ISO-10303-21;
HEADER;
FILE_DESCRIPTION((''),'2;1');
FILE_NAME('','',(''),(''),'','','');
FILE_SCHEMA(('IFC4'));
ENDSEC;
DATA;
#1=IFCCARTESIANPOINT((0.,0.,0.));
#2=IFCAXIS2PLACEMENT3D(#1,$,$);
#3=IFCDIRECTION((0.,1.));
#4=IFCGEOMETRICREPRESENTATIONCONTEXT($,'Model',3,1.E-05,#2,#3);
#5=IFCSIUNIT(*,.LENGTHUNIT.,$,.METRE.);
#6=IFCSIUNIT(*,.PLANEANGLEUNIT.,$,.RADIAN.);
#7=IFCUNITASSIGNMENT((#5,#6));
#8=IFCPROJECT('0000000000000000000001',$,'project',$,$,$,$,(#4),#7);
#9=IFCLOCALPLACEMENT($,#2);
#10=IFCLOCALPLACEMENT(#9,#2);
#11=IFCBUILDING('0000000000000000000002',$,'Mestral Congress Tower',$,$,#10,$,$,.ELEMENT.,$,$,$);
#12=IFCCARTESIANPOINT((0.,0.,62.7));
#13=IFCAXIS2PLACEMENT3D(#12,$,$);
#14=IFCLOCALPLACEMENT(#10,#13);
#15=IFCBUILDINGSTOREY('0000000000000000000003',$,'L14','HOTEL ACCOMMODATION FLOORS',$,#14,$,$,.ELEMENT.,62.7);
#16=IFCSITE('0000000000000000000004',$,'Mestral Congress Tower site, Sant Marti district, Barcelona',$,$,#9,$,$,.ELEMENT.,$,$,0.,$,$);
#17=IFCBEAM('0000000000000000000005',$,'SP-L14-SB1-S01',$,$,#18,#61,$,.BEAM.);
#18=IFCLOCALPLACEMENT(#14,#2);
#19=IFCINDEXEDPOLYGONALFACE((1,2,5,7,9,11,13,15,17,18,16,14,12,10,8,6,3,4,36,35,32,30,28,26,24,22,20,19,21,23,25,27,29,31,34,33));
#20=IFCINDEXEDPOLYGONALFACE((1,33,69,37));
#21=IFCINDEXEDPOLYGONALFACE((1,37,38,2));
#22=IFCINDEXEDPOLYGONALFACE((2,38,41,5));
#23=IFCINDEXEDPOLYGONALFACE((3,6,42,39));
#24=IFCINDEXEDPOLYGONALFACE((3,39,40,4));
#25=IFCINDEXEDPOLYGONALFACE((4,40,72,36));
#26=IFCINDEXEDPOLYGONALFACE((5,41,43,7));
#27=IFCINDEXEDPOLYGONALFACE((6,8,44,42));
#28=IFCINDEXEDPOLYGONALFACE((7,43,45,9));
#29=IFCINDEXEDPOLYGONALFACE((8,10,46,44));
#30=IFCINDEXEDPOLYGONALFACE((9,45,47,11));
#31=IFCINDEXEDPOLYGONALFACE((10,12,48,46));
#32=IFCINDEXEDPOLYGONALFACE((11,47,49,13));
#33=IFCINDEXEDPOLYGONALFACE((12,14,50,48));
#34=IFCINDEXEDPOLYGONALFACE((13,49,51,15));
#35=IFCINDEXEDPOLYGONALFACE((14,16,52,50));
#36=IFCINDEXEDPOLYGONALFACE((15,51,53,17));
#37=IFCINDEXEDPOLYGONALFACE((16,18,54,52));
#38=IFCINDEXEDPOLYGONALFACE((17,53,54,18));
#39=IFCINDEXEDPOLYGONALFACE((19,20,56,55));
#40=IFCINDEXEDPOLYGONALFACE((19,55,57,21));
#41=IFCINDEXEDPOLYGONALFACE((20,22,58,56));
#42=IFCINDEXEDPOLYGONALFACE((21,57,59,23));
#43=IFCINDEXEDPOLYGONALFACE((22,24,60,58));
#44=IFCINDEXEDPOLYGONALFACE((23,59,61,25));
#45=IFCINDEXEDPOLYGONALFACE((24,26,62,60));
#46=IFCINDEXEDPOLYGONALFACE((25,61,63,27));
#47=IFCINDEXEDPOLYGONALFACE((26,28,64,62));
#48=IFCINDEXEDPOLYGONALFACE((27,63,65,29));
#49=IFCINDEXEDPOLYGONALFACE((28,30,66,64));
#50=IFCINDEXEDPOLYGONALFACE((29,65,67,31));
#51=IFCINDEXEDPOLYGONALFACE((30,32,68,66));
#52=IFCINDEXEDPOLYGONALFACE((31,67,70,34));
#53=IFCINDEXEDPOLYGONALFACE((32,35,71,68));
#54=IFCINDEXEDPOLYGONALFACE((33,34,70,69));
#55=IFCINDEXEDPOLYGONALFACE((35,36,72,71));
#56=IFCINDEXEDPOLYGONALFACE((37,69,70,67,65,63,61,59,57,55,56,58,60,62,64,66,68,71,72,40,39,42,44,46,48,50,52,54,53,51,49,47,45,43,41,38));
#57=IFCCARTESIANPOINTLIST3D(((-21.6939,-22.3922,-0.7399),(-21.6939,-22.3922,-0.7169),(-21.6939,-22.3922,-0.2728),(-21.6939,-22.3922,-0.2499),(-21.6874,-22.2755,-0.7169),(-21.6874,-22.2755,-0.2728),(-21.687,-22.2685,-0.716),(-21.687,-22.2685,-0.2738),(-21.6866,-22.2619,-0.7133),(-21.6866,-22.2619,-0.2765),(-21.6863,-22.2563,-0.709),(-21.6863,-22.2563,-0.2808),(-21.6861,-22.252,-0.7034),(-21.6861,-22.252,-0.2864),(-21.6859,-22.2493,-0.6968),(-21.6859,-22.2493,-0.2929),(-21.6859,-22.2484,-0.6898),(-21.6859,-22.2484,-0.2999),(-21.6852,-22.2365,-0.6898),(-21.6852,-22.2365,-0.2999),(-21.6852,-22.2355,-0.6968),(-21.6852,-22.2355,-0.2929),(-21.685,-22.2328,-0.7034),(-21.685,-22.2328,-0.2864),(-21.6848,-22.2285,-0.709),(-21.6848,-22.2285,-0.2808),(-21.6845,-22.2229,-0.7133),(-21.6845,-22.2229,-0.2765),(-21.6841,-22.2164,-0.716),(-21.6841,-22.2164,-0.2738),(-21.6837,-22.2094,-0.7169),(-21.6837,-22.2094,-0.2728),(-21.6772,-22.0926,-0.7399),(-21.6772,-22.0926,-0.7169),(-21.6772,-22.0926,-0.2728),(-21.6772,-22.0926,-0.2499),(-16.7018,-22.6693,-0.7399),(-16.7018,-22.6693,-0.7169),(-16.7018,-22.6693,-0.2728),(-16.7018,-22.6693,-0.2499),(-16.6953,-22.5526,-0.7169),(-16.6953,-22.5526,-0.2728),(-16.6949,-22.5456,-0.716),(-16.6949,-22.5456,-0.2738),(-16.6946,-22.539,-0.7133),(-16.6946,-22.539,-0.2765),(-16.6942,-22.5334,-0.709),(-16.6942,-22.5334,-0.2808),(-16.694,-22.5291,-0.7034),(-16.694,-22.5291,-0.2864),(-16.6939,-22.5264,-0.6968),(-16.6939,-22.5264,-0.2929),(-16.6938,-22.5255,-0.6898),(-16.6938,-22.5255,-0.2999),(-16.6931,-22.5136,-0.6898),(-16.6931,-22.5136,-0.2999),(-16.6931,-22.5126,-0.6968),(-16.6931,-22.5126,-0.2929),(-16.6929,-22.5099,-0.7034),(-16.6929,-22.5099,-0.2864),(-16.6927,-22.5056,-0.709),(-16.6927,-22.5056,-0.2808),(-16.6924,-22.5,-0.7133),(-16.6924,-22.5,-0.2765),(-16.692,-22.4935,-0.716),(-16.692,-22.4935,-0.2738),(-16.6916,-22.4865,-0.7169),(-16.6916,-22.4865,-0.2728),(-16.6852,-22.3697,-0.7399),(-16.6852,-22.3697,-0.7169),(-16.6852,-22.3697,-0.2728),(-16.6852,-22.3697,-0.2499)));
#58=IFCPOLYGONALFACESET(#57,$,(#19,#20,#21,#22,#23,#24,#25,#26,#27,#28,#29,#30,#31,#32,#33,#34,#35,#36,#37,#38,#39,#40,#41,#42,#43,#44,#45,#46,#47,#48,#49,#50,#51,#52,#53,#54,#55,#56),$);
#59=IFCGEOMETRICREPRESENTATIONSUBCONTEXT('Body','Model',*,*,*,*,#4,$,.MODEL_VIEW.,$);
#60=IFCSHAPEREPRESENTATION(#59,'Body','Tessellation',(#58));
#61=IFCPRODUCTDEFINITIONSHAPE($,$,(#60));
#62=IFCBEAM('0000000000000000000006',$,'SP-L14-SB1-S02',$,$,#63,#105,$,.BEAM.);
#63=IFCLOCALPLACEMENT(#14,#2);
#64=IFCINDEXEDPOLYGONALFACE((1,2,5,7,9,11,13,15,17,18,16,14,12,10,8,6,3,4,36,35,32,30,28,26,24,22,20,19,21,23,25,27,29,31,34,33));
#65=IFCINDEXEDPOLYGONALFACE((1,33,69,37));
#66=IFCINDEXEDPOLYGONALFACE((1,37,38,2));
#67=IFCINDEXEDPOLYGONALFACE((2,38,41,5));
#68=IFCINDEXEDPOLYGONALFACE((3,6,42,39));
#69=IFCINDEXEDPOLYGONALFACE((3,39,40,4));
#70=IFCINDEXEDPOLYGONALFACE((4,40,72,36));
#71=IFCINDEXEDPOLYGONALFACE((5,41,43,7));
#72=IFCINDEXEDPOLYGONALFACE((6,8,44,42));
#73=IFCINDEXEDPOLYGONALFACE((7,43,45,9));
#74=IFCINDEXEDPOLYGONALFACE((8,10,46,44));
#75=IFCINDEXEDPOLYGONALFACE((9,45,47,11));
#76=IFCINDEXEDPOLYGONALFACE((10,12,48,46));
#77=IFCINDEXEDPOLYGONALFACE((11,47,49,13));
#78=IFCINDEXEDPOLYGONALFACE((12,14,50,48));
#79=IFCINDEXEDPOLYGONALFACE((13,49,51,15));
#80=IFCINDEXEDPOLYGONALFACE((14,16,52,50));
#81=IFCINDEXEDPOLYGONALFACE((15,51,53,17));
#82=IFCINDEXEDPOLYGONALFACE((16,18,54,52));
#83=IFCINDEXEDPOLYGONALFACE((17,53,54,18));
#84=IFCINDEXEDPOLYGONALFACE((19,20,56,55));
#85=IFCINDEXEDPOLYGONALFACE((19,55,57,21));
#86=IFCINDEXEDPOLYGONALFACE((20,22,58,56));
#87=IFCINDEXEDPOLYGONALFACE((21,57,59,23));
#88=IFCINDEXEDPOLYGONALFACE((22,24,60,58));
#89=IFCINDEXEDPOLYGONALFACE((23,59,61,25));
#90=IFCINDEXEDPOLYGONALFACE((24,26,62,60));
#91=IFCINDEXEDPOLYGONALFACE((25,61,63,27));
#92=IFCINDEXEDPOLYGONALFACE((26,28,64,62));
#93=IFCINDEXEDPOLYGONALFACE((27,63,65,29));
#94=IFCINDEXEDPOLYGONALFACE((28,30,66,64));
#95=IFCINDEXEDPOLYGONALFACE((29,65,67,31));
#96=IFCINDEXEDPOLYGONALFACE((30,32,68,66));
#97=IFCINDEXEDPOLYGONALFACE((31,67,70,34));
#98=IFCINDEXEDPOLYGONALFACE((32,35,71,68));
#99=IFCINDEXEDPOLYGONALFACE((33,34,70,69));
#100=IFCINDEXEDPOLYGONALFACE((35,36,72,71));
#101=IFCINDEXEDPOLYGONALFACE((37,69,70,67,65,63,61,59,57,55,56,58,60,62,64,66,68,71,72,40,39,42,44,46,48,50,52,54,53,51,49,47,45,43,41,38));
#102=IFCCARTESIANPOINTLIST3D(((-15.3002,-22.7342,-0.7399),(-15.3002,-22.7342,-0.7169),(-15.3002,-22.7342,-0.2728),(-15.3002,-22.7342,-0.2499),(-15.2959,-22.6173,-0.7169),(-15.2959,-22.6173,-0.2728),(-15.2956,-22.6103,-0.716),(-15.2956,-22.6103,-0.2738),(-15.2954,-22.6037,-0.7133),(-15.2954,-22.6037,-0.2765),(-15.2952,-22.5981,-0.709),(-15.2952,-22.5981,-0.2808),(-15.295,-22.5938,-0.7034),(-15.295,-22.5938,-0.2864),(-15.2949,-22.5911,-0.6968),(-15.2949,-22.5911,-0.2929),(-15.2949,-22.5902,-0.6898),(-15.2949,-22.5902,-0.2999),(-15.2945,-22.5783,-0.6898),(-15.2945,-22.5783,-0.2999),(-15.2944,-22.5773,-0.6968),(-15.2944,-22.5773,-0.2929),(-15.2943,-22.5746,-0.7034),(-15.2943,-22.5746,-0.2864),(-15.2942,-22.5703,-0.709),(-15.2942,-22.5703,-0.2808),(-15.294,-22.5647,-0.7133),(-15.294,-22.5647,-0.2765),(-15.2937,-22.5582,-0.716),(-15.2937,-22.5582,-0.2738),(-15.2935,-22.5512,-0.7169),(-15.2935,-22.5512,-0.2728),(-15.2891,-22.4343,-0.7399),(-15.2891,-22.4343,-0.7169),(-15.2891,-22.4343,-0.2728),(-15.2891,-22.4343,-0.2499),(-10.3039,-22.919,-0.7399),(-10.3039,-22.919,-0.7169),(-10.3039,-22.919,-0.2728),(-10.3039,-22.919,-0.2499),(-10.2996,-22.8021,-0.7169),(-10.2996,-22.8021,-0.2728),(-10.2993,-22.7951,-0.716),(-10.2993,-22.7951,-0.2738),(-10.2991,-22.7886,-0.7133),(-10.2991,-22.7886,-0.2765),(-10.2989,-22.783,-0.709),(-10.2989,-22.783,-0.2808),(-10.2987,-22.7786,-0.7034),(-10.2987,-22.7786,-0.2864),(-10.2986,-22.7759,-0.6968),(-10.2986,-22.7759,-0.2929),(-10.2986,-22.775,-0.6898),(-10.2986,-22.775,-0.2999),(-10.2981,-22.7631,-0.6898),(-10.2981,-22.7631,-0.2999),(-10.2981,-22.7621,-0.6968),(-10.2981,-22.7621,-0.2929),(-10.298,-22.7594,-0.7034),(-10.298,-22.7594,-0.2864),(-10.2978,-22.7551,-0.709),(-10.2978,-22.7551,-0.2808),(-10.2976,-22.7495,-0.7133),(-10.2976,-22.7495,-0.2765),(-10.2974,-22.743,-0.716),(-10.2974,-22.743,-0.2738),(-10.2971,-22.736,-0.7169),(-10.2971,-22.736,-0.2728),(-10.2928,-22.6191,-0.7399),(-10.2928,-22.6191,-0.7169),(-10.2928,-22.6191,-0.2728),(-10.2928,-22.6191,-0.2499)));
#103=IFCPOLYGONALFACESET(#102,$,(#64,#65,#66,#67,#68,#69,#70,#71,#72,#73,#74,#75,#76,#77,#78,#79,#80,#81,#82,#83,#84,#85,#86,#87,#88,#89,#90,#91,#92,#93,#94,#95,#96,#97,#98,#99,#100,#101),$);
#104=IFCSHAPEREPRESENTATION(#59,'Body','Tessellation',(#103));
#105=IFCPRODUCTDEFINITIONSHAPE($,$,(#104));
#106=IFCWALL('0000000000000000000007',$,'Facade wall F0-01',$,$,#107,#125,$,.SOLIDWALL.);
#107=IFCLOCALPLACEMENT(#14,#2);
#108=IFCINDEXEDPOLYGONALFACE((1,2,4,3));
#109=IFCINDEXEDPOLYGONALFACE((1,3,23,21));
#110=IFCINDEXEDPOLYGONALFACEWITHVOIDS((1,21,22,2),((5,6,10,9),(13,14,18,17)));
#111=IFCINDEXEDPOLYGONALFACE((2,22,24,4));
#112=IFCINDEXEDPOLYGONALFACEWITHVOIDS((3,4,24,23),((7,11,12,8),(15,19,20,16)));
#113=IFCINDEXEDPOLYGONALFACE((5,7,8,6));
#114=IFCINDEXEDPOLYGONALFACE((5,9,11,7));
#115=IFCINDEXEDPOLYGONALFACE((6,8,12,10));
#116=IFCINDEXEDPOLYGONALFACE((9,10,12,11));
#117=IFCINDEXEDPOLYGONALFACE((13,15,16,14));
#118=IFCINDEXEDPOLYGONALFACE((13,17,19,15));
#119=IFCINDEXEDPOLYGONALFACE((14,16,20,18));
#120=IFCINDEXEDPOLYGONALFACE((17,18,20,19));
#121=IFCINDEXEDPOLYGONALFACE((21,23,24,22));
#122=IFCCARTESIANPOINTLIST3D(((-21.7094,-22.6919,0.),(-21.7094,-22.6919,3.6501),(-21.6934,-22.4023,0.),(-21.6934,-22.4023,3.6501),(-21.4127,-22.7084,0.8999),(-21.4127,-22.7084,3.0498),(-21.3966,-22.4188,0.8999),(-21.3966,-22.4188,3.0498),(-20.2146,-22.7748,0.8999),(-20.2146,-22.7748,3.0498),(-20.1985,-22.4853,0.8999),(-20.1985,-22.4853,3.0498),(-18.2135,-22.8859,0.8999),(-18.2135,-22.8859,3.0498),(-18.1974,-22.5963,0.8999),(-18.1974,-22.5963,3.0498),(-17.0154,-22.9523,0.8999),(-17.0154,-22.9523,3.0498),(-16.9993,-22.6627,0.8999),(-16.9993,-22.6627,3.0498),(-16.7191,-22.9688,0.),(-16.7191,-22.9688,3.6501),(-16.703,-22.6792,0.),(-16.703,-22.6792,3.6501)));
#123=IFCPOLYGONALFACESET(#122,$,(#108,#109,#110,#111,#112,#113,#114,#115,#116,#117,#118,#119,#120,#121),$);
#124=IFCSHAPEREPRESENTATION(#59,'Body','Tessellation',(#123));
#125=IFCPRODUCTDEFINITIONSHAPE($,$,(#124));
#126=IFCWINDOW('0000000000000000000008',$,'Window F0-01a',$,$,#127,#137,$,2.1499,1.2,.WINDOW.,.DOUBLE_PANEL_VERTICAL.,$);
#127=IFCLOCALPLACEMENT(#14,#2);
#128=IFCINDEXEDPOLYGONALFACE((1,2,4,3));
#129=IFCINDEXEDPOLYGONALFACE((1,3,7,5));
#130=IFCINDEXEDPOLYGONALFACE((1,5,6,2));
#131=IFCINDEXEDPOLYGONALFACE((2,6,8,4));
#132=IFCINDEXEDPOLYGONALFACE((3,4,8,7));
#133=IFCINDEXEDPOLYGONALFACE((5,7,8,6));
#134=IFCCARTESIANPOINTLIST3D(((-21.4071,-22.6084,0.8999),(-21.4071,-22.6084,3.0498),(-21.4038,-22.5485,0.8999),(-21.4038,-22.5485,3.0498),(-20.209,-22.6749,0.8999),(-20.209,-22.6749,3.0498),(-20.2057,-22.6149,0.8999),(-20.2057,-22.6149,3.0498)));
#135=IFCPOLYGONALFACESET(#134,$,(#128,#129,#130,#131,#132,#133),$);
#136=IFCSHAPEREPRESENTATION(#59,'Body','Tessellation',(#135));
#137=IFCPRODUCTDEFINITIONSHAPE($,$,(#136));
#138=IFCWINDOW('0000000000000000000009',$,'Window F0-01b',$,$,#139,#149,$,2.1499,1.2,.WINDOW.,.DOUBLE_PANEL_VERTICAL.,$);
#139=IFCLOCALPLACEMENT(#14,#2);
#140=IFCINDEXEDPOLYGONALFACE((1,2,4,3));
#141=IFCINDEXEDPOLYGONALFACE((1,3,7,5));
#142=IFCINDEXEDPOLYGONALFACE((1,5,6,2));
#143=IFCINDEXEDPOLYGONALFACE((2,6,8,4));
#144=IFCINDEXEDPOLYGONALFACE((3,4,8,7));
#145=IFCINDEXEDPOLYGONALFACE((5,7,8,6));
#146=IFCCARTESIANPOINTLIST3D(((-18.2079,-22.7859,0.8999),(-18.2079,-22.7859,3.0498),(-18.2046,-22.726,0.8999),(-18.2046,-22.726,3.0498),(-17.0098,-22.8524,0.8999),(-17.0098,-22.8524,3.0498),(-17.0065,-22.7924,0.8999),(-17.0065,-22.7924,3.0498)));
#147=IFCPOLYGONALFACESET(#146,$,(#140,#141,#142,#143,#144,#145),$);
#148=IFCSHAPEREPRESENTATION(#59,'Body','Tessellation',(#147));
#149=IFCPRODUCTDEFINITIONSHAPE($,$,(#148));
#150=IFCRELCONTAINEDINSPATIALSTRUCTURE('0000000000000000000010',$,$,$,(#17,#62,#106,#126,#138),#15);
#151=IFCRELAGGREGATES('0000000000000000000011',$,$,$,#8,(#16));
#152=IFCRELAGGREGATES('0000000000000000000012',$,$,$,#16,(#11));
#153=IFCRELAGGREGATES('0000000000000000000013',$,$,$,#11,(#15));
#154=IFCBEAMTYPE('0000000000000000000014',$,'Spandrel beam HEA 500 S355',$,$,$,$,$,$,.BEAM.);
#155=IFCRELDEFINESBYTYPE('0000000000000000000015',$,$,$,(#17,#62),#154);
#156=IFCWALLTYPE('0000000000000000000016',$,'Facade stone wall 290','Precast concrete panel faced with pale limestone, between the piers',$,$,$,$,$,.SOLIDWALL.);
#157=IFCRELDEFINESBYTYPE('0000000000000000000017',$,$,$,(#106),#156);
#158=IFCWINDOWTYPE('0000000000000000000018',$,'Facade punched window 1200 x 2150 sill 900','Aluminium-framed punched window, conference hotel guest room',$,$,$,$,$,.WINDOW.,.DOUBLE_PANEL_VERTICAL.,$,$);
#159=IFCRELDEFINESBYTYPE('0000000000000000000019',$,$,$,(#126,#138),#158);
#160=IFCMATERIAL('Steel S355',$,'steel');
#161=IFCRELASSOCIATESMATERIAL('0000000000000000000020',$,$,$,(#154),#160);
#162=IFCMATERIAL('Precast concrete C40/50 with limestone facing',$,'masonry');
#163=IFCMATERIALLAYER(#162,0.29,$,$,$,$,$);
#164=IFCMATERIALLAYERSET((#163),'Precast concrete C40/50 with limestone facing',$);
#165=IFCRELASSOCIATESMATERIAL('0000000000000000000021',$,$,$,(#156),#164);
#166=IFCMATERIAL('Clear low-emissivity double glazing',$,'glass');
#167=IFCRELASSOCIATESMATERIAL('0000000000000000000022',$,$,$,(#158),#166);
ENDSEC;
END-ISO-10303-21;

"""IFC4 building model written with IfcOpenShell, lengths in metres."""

from ifc_helpers import new_model, si_unit, direction, frame, frame_2d, origin, origin_2d, place, context, subcontext, project, spatial, rectangle, i_section, extrude, material, layer, layer_set, material_profile, profile_set, type_object, element, fill, save


model = new_model("IFC4")

# Units and contexts
model_context = context("Model", 3, precision=1e-05, world=origin(), true_north=direction((0.0, 1.0)))
body_context = subcontext(model_context, "Body", "Model", "MODEL_VIEW")
ifc_project = project(units=[si_unit("LENGTHUNIT", "METRE"), si_unit("PLANEANGLEUNIT", "RADIAN")], contexts=[model_context])

# Site, building, storey
site_placement = place(None, origin())
site = spatial("IfcSite", under=ifc_project, at=site_placement, Name="Mestral Congress Tower site, Sant Marti district, Barcelona", CompositionType="ELEMENT", RefElevation=0.0)
building_placement = place(site_placement, origin())
building = spatial("IfcBuilding", under=site, at=building_placement, Name="Mestral Congress Tower", CompositionType="ELEMENT")
storey_placement = place(building_placement, frame((0.0, 0.0, 62.7)))
storey = spatial("IfcBuildingStorey", under=building, at=storey_placement, Name="L14", Description="HOTEL ACCOMMODATION FLOORS", CompositionType="ELEMENT", Elevation=62.7)

# Beams
ifc_material_1 = material(Name="Steel S355", Category="steel")
ifc_material_profile_1 = material_profile(ifc_material_1, i_section(OverallWidth=0.3, OverallDepth=0.49, WebThickness=0.012, FlangeThickness=0.0229, FilletRadius=0.0271, at=origin_2d()), Name="HEA 500")
ifc_profile_set_1 = profile_set([ifc_material_profile_1], Name="Steel S355")
beam_type_1 = type_object("IfcBeamType", Name="Spandrel beam HEA 500 S355", PredefinedType="BEAM", material=ifc_profile_set_1)
for number, where, z_axis, x_axis, name in (
    (1, (-21.6855, -22.2424, -0.4949), (0.998463, -0.055421, 0.0), (0.055421, 0.998463, 0.0), "SP-L14-SB1-S01"),
    (2, (-15.2947, -22.5842, -0.4949), (0.999317, -0.036965, 0.0), (0.036965, 0.999317, 0.0), "SP-L14-SB1-S02"),
):
    element("IfcBeam", number, at=place(storey_placement, frame(where, z_axis=z_axis, x_axis=x_axis)), inside=storey, type_object=beam_type_1, Name=name, PredefinedType="BEAM", context=body_context, shape_type="SweptSolid", body=[
        extrude(i_section(OverallWidth=0.3, OverallDepth=0.49, WebThickness=0.012, FlangeThickness=0.0229, FilletRadius=0.0271, at=origin_2d()), origin(), (0.0, 0.0, 1.0), 4.9998),
    ])

# Wall, openings, windows
ifc_material_2 = material(Name="Precast concrete C40/50 with limestone facing", Category="masonry")
ifc_layer_1 = layer(ifc_material_2, 0.29)
ifc_layer_set_1 = layer_set([ifc_layer_1], Name="Precast concrete C40/50 with limestone facing")
wall_type_1 = type_object("IfcWallType", Name="Facade stone wall 290", Description="Precast concrete panel faced with pale limestone, between the piers", PredefinedType="SOLIDWALL", material=ifc_layer_set_1)
wall_1_placement = place(storey_placement, frame((-21.7014, -22.5471, 0.0), z_axis=(0.0, 0.0, 1.0), x_axis=(0.998465, -0.055392, 0.0)))
wall_1 = element("IfcWall", 3, at=wall_1_placement, inside=storey, type_object=wall_type_1, Name="Facade wall F0-01", PredefinedType="SOLIDWALL", context=body_context, shape_type="SweptSolid", body=[
    extrude(rectangle(XDim=4.998, YDim=0.29, at=frame_2d((2.499, 0.0))), origin(), (0.0, 0.0, 1.0), 3.6501),
])
opening_1_placement = place(wall_1_placement, frame((0.2971, 0.0, 0.8999)))
opening_1 = element("IfcOpeningElement", 4, at=opening_1_placement, cuts=wall_1, PredefinedType="OPENING", context=body_context, shape_type="SweptSolid", body=[
    extrude(rectangle(XDim=1.2, YDim=2.1499, at=frame_2d((0.6001, 1.075))), frame((0.0, 0.155, 0.0), z_axis=(0.0, -1.0, 0.0), x_axis=(1.0, 0.0, 0.0)), (0.0, 0.0, 1.0), 0.3101),
])
opening_2_placement = place(wall_1_placement, frame((3.5012, 0.0, 0.8999)))
opening_2 = element("IfcOpeningElement", 5, at=opening_2_placement, cuts=wall_1, PredefinedType="OPENING", context=body_context, shape_type="SweptSolid", body=[
    extrude(rectangle(XDim=1.2, YDim=2.1499, at=frame_2d((0.6001, 1.075))), frame((0.0, 0.155, 0.0), z_axis=(0.0, -1.0, 0.0), x_axis=(1.0, 0.0, 0.0)), (0.0, 0.0, 1.0), 0.3101),
])
ifc_material_3 = material(Name="Clear low-emissivity double glazing", Category="glass")
window_type = type_object("IfcWindowType", Name="Facade punched window 1200 x 2150 sill 900", Description="Aluminium-framed punched window, conference hotel guest room", PartitioningType="DOUBLE_PANEL_VERTICAL", PredefinedType="WINDOW", material=ifc_material_3)
window_1_placement = place(opening_1_placement, origin())
window_1 = element("IfcWindow", 6, at=window_1_placement, inside=storey, type_object=window_type, Name="Window F0-01a", OverallHeight=2.1499, OverallWidth=1.2, PartitioningType="DOUBLE_PANEL_VERTICAL", PredefinedType="WINDOW", context=body_context, shape_type="SweptSolid", body=[
    extrude(rectangle(XDim=1.2, YDim=2.1499, at=frame_2d((0.6001, 1.075))), frame((0.0, 0.0151, 0.0), z_axis=(0.0, -1.0, 0.0), x_axis=(1.0, 0.0, 0.0)), (0.0, 0.0, 1.0), 0.0601),
])
fill(opening_1, window_1)
window_2_placement = place(opening_2_placement, origin())
window_2 = element("IfcWindow", 7, at=window_2_placement, inside=storey, type_object=window_type, Name="Window F0-01b", OverallHeight=2.1499, OverallWidth=1.2, PartitioningType="DOUBLE_PANEL_VERTICAL", PredefinedType="WINDOW", context=body_context, shape_type="SweptSolid", body=[
    extrude(rectangle(XDim=1.2, YDim=2.1499, at=frame_2d((0.6001, 1.075))), frame((0.0, 0.0151, 0.0), z_axis=(0.0, -1.0, 0.0), x_axis=(1.0, 0.0, 0.0)), (0.0, 0.0, 1.0), 0.0601),
])
fill(opening_2, window_2)

save(model, "model.ifc")
